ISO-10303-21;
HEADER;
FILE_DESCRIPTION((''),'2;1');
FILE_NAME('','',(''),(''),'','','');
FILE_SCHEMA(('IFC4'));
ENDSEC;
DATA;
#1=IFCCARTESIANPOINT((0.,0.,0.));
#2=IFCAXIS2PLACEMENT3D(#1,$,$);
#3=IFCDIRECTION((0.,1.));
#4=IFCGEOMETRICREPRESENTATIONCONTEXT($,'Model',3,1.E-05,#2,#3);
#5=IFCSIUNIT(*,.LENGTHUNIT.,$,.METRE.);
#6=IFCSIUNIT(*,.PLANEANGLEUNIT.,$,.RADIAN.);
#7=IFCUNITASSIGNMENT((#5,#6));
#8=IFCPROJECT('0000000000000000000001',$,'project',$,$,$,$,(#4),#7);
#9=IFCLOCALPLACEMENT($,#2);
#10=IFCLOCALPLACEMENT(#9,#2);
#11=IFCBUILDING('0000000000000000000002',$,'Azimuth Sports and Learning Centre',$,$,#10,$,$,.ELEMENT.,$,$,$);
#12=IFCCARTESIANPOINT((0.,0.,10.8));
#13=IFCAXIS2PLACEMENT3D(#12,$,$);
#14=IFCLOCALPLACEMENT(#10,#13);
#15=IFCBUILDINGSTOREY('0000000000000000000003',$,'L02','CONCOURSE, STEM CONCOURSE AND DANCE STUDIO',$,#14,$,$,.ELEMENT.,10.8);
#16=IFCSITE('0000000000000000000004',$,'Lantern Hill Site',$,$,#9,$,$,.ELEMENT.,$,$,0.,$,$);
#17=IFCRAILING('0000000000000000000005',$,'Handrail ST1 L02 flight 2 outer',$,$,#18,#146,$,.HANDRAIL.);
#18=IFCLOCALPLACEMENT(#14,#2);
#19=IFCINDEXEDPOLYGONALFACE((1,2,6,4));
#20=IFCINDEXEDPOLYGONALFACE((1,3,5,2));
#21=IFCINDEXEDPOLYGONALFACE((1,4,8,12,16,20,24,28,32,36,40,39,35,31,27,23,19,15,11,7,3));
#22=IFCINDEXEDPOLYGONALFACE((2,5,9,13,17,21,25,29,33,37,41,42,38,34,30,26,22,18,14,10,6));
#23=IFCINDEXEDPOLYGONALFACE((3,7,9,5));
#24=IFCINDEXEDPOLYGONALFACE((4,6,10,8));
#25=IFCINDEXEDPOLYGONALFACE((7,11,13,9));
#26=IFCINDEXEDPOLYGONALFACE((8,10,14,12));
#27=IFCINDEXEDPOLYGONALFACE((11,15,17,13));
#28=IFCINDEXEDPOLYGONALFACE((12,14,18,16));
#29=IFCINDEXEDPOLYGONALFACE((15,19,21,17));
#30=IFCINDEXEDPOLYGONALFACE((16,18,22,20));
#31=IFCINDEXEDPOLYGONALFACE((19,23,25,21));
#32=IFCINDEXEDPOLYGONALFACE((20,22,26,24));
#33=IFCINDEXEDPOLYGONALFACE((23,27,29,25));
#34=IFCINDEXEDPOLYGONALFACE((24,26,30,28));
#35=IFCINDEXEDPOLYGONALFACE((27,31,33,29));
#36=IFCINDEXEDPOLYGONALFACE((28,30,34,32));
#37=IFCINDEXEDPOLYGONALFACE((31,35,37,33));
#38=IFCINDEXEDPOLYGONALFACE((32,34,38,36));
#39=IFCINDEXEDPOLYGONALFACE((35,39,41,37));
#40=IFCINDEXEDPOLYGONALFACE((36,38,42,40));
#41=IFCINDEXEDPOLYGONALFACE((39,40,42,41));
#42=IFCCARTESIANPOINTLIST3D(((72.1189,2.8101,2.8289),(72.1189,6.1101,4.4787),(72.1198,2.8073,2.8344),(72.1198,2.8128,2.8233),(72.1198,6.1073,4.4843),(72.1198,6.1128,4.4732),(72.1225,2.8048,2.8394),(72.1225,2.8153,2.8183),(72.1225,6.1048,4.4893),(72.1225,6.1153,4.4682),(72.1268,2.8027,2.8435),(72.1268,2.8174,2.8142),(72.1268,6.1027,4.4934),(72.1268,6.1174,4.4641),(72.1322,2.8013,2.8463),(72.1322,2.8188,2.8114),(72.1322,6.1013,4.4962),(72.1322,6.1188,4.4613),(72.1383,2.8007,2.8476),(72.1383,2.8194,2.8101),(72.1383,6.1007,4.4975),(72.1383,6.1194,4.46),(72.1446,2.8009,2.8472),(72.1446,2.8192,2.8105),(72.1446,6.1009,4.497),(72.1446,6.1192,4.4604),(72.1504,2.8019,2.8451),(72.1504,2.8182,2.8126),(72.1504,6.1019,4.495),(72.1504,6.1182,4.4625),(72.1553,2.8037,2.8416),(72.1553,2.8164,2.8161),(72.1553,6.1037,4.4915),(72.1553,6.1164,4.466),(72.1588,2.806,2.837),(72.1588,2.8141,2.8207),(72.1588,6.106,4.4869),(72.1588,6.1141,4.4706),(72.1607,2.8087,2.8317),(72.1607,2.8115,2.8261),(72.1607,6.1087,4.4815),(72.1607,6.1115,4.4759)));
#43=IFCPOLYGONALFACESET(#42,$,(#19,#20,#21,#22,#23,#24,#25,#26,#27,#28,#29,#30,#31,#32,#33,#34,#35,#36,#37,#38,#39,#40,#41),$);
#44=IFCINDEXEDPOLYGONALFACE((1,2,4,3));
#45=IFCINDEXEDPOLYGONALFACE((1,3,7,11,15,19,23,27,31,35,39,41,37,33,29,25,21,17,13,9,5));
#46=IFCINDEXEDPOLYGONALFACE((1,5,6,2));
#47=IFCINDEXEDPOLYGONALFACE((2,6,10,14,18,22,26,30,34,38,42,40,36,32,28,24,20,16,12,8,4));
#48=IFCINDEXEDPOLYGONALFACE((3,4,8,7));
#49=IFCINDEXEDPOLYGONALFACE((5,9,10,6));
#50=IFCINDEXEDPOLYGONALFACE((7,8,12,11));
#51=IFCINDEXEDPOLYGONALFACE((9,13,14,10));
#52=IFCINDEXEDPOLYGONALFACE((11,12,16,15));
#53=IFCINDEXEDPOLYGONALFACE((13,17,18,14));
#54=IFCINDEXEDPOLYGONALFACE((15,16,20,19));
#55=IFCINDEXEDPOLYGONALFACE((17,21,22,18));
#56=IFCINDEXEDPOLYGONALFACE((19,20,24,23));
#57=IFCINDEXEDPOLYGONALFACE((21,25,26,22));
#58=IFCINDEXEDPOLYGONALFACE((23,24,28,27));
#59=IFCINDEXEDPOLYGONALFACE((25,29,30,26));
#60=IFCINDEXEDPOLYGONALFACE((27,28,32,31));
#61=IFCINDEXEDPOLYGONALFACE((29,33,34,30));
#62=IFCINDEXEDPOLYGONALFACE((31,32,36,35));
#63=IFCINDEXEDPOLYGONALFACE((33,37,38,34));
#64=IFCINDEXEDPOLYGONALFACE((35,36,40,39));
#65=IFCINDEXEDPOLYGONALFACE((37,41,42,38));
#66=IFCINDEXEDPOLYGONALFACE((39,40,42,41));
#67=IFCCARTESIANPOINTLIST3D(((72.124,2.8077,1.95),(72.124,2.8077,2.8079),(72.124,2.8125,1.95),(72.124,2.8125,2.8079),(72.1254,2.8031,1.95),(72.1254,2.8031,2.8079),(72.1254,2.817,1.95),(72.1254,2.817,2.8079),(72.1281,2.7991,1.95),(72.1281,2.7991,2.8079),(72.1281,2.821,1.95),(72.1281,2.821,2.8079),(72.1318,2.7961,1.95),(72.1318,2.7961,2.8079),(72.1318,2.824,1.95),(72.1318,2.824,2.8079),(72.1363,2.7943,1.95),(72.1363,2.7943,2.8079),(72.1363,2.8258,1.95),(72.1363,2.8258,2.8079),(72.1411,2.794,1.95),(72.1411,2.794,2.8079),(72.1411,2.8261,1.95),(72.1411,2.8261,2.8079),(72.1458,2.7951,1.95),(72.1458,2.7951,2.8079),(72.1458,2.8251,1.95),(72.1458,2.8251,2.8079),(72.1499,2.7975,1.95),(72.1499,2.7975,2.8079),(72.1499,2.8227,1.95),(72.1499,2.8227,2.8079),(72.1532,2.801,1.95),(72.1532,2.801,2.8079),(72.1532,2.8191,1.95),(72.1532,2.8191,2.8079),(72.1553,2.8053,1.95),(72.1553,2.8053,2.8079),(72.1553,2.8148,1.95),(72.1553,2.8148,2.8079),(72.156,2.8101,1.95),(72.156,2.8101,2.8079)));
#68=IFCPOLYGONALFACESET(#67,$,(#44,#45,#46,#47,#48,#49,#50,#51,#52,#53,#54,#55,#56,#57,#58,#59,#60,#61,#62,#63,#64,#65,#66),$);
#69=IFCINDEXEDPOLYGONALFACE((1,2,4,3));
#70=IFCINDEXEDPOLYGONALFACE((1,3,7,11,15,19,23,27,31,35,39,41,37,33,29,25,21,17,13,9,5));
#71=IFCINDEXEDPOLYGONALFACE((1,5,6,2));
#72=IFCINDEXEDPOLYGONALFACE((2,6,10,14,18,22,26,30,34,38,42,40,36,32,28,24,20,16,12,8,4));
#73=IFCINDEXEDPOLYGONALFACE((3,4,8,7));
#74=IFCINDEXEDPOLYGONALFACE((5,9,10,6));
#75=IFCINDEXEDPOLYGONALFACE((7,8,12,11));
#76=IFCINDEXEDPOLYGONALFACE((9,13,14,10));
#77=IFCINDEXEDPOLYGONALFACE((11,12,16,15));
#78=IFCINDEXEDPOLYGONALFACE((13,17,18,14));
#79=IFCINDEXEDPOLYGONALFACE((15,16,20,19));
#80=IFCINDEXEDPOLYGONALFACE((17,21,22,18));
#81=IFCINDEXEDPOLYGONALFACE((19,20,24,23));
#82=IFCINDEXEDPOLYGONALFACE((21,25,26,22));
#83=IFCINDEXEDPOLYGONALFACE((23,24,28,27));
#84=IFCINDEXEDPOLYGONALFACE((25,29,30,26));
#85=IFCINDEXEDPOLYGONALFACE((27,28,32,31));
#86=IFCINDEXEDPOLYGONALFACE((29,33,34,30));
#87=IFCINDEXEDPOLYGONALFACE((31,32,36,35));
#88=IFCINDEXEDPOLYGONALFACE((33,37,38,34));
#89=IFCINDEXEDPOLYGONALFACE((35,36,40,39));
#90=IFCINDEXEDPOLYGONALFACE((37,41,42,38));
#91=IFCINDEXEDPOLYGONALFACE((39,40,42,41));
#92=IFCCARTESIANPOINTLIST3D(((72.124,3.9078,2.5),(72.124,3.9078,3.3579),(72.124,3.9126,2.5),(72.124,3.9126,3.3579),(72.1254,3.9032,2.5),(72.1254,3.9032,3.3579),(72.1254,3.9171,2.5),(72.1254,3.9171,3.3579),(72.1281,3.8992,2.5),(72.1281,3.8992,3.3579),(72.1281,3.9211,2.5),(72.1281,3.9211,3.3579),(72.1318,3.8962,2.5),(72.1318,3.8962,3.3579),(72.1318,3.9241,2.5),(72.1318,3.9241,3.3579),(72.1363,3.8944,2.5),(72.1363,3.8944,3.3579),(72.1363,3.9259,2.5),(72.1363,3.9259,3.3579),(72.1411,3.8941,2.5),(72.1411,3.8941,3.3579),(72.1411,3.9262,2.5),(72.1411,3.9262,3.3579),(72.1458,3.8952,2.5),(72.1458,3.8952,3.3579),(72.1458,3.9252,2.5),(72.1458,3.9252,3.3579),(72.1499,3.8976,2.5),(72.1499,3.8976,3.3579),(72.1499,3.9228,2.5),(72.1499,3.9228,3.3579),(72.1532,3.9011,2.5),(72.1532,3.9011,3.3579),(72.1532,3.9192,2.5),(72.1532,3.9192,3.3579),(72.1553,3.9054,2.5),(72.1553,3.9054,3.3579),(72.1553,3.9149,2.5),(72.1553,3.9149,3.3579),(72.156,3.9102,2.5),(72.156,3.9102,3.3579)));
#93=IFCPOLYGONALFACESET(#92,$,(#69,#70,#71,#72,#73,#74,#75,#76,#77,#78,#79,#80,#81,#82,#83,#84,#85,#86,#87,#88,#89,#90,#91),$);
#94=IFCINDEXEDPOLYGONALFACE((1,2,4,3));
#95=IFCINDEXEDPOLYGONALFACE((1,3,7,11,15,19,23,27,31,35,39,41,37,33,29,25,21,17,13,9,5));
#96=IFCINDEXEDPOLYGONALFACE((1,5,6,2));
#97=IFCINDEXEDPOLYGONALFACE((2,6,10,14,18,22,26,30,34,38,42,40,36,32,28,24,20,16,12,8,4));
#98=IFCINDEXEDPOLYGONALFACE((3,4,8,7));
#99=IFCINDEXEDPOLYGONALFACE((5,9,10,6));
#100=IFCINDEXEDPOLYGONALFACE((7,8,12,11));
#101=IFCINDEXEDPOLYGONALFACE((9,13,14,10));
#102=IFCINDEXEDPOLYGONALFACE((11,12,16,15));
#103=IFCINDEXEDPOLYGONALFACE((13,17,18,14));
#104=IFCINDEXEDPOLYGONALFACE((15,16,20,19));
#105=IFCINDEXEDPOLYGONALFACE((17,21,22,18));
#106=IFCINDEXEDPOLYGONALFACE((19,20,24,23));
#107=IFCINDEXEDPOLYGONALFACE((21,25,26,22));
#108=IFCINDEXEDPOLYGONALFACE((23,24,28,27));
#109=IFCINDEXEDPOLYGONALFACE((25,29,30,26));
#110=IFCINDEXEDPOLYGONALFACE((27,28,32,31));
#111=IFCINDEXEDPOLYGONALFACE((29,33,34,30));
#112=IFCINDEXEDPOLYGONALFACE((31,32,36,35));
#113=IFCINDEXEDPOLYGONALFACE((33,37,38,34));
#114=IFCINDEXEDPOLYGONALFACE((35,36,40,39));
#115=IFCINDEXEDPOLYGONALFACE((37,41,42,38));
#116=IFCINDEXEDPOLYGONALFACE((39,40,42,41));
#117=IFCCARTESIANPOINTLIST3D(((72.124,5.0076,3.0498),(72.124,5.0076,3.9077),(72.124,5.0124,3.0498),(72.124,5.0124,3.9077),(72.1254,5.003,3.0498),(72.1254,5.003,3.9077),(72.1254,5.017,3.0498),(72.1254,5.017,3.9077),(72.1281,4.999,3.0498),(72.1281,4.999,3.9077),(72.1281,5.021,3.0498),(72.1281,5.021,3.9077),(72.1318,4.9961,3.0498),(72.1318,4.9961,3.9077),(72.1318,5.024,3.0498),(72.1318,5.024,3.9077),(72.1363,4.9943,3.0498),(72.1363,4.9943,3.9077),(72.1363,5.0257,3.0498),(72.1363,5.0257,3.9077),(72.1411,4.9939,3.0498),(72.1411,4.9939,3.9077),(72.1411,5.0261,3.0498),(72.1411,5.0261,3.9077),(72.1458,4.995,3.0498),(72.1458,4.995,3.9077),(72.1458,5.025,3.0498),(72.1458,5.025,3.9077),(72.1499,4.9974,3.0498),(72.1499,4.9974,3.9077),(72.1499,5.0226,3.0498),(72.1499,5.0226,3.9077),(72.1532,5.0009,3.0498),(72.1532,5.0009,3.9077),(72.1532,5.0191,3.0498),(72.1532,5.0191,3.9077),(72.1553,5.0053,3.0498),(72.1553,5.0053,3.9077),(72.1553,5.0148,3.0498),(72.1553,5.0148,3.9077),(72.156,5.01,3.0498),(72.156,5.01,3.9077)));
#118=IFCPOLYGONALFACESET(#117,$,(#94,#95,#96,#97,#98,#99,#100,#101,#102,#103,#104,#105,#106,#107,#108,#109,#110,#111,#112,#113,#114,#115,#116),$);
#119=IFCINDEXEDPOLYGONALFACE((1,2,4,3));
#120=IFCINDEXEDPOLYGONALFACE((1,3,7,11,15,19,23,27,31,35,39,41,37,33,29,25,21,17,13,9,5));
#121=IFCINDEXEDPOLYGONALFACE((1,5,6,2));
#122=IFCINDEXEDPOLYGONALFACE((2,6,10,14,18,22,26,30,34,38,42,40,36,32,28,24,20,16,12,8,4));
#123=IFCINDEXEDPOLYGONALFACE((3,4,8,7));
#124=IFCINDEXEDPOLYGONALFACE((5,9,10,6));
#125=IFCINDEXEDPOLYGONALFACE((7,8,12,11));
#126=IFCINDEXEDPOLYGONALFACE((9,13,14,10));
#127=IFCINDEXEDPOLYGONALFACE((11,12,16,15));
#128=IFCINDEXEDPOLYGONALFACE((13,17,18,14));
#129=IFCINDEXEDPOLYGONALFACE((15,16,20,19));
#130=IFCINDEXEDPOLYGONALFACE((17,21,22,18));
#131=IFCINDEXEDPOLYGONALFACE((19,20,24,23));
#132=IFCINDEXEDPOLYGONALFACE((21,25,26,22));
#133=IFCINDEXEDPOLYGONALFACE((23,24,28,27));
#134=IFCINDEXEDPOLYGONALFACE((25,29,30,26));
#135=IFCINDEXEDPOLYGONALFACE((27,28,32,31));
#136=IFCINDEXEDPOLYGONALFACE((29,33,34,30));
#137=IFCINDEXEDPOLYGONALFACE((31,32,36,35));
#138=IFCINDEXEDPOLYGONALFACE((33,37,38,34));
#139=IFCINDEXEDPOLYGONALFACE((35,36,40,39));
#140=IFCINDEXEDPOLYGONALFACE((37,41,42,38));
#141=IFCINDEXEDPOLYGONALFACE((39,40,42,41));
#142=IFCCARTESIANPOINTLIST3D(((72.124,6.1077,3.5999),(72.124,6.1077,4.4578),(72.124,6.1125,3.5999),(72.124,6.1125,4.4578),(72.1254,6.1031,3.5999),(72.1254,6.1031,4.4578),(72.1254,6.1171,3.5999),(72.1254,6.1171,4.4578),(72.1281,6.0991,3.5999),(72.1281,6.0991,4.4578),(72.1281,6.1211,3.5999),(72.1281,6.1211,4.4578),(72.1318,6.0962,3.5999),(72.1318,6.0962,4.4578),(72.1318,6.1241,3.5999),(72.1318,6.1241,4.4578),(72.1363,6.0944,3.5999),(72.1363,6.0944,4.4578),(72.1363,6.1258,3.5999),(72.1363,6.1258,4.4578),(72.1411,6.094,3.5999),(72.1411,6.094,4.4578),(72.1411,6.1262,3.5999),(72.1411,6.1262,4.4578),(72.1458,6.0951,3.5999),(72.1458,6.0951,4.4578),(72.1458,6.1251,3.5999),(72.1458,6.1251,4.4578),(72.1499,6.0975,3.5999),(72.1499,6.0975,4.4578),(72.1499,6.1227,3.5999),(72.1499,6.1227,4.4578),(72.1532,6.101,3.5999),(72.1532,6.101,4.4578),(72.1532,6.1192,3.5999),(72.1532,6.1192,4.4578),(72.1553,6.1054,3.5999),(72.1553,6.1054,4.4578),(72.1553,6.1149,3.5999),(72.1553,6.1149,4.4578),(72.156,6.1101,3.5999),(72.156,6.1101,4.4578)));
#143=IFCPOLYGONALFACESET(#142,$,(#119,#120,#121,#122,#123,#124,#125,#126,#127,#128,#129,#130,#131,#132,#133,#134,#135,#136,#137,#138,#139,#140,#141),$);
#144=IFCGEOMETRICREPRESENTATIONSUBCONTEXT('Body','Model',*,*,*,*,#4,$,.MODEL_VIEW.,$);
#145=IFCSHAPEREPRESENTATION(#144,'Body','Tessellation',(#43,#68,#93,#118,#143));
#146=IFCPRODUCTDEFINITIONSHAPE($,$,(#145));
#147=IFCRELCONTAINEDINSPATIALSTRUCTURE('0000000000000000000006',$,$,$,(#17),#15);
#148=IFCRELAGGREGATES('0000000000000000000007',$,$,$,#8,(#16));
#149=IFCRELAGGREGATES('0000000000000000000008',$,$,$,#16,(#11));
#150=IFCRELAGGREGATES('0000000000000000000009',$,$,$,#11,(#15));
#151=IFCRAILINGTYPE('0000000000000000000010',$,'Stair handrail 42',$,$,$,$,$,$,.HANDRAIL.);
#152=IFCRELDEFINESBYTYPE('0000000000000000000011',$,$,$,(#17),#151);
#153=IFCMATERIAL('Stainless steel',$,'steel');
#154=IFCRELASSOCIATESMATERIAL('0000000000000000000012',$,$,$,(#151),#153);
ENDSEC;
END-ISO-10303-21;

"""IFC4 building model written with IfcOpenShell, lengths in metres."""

from ifc_helpers import new_model, si_unit, direction, frame, origin, origin_2d, place, context, subcontext, project, spatial, circle, extrude, material, type_object, element, save


model = new_model("IFC4")

# Units and contexts
model_context = context("Model", 3, precision=1e-05, world=origin(), true_north=direction((0.0, 1.0)))
body_context = subcontext(model_context, "Body", "Model", "MODEL_VIEW")
ifc_project = project(units=[si_unit("LENGTHUNIT", "METRE"), si_unit("PLANEANGLEUNIT", "RADIAN")], contexts=[model_context])

# Site, building, storey
site_placement = place(None, origin())
site = spatial("IfcSite", under=ifc_project, at=site_placement, Name="Lantern Hill Site", CompositionType="ELEMENT", RefElevation=0.0)
building_placement = place(site_placement, origin())
building = spatial("IfcBuilding", under=site, at=building_placement, Name="Azimuth Sports and Learning Centre", CompositionType="ELEMENT")
storey_placement = place(building_placement, frame((0.0, 0.0, 10.8)))
storey = spatial("IfcBuildingStorey", under=building, at=storey_placement, Name="L02", Description="CONCOURSE, STEM CONCOURSE AND DANCE STUDIO", CompositionType="ELEMENT", Elevation=10.8)

# Railing
ifc_material_1 = material(Name="Stainless steel", Category="steel")
railing_type_1 = type_object("IfcRailingType", Name="Stair handrail 42", PredefinedType="HANDRAIL", material=ifc_material_1)
for number, where, name in (
    (1, (72.1399, 2.8101, 1.95), "Handrail ST1 L02 flight 2 outer"),
):
    element("IfcRailing", number, at=place(storey_placement, frame(where)), inside=storey, type_object=railing_type_1, Name=name, PredefinedType="HANDRAIL", context=body_context, shape_type="SweptSolid", body=[
        extrude(circle(Radius=0.021, at=origin_2d()), frame((0.0, 0.0, 0.8789), z_axis=(0.0, 0.89444, 0.447187), x_axis=(-1.0, 0.0, 0.0)), (0.0, 0.0, 1.0), 3.6895),
        extrude(circle(Radius=0.0161, at=origin_2d()), origin(), (0.0, 0.0, 1.0), 0.8579),
        extrude(circle(Radius=0.0161, at=origin_2d()), frame((0.0, 1.1001, 0.55)), (0.0, 0.0, 1.0), 0.8579),
        extrude(circle(Radius=0.0161, at=origin_2d()), frame((0.0, 2.2, 1.0999)), (0.0, 0.0, 1.0), 0.8579),
        extrude(circle(Radius=0.0161, at=origin_2d()), frame((0.0, 3.3, 1.6499)), (0.0, 0.0, 1.0), 0.8579),
    ])

save(model, "model.ifc")
